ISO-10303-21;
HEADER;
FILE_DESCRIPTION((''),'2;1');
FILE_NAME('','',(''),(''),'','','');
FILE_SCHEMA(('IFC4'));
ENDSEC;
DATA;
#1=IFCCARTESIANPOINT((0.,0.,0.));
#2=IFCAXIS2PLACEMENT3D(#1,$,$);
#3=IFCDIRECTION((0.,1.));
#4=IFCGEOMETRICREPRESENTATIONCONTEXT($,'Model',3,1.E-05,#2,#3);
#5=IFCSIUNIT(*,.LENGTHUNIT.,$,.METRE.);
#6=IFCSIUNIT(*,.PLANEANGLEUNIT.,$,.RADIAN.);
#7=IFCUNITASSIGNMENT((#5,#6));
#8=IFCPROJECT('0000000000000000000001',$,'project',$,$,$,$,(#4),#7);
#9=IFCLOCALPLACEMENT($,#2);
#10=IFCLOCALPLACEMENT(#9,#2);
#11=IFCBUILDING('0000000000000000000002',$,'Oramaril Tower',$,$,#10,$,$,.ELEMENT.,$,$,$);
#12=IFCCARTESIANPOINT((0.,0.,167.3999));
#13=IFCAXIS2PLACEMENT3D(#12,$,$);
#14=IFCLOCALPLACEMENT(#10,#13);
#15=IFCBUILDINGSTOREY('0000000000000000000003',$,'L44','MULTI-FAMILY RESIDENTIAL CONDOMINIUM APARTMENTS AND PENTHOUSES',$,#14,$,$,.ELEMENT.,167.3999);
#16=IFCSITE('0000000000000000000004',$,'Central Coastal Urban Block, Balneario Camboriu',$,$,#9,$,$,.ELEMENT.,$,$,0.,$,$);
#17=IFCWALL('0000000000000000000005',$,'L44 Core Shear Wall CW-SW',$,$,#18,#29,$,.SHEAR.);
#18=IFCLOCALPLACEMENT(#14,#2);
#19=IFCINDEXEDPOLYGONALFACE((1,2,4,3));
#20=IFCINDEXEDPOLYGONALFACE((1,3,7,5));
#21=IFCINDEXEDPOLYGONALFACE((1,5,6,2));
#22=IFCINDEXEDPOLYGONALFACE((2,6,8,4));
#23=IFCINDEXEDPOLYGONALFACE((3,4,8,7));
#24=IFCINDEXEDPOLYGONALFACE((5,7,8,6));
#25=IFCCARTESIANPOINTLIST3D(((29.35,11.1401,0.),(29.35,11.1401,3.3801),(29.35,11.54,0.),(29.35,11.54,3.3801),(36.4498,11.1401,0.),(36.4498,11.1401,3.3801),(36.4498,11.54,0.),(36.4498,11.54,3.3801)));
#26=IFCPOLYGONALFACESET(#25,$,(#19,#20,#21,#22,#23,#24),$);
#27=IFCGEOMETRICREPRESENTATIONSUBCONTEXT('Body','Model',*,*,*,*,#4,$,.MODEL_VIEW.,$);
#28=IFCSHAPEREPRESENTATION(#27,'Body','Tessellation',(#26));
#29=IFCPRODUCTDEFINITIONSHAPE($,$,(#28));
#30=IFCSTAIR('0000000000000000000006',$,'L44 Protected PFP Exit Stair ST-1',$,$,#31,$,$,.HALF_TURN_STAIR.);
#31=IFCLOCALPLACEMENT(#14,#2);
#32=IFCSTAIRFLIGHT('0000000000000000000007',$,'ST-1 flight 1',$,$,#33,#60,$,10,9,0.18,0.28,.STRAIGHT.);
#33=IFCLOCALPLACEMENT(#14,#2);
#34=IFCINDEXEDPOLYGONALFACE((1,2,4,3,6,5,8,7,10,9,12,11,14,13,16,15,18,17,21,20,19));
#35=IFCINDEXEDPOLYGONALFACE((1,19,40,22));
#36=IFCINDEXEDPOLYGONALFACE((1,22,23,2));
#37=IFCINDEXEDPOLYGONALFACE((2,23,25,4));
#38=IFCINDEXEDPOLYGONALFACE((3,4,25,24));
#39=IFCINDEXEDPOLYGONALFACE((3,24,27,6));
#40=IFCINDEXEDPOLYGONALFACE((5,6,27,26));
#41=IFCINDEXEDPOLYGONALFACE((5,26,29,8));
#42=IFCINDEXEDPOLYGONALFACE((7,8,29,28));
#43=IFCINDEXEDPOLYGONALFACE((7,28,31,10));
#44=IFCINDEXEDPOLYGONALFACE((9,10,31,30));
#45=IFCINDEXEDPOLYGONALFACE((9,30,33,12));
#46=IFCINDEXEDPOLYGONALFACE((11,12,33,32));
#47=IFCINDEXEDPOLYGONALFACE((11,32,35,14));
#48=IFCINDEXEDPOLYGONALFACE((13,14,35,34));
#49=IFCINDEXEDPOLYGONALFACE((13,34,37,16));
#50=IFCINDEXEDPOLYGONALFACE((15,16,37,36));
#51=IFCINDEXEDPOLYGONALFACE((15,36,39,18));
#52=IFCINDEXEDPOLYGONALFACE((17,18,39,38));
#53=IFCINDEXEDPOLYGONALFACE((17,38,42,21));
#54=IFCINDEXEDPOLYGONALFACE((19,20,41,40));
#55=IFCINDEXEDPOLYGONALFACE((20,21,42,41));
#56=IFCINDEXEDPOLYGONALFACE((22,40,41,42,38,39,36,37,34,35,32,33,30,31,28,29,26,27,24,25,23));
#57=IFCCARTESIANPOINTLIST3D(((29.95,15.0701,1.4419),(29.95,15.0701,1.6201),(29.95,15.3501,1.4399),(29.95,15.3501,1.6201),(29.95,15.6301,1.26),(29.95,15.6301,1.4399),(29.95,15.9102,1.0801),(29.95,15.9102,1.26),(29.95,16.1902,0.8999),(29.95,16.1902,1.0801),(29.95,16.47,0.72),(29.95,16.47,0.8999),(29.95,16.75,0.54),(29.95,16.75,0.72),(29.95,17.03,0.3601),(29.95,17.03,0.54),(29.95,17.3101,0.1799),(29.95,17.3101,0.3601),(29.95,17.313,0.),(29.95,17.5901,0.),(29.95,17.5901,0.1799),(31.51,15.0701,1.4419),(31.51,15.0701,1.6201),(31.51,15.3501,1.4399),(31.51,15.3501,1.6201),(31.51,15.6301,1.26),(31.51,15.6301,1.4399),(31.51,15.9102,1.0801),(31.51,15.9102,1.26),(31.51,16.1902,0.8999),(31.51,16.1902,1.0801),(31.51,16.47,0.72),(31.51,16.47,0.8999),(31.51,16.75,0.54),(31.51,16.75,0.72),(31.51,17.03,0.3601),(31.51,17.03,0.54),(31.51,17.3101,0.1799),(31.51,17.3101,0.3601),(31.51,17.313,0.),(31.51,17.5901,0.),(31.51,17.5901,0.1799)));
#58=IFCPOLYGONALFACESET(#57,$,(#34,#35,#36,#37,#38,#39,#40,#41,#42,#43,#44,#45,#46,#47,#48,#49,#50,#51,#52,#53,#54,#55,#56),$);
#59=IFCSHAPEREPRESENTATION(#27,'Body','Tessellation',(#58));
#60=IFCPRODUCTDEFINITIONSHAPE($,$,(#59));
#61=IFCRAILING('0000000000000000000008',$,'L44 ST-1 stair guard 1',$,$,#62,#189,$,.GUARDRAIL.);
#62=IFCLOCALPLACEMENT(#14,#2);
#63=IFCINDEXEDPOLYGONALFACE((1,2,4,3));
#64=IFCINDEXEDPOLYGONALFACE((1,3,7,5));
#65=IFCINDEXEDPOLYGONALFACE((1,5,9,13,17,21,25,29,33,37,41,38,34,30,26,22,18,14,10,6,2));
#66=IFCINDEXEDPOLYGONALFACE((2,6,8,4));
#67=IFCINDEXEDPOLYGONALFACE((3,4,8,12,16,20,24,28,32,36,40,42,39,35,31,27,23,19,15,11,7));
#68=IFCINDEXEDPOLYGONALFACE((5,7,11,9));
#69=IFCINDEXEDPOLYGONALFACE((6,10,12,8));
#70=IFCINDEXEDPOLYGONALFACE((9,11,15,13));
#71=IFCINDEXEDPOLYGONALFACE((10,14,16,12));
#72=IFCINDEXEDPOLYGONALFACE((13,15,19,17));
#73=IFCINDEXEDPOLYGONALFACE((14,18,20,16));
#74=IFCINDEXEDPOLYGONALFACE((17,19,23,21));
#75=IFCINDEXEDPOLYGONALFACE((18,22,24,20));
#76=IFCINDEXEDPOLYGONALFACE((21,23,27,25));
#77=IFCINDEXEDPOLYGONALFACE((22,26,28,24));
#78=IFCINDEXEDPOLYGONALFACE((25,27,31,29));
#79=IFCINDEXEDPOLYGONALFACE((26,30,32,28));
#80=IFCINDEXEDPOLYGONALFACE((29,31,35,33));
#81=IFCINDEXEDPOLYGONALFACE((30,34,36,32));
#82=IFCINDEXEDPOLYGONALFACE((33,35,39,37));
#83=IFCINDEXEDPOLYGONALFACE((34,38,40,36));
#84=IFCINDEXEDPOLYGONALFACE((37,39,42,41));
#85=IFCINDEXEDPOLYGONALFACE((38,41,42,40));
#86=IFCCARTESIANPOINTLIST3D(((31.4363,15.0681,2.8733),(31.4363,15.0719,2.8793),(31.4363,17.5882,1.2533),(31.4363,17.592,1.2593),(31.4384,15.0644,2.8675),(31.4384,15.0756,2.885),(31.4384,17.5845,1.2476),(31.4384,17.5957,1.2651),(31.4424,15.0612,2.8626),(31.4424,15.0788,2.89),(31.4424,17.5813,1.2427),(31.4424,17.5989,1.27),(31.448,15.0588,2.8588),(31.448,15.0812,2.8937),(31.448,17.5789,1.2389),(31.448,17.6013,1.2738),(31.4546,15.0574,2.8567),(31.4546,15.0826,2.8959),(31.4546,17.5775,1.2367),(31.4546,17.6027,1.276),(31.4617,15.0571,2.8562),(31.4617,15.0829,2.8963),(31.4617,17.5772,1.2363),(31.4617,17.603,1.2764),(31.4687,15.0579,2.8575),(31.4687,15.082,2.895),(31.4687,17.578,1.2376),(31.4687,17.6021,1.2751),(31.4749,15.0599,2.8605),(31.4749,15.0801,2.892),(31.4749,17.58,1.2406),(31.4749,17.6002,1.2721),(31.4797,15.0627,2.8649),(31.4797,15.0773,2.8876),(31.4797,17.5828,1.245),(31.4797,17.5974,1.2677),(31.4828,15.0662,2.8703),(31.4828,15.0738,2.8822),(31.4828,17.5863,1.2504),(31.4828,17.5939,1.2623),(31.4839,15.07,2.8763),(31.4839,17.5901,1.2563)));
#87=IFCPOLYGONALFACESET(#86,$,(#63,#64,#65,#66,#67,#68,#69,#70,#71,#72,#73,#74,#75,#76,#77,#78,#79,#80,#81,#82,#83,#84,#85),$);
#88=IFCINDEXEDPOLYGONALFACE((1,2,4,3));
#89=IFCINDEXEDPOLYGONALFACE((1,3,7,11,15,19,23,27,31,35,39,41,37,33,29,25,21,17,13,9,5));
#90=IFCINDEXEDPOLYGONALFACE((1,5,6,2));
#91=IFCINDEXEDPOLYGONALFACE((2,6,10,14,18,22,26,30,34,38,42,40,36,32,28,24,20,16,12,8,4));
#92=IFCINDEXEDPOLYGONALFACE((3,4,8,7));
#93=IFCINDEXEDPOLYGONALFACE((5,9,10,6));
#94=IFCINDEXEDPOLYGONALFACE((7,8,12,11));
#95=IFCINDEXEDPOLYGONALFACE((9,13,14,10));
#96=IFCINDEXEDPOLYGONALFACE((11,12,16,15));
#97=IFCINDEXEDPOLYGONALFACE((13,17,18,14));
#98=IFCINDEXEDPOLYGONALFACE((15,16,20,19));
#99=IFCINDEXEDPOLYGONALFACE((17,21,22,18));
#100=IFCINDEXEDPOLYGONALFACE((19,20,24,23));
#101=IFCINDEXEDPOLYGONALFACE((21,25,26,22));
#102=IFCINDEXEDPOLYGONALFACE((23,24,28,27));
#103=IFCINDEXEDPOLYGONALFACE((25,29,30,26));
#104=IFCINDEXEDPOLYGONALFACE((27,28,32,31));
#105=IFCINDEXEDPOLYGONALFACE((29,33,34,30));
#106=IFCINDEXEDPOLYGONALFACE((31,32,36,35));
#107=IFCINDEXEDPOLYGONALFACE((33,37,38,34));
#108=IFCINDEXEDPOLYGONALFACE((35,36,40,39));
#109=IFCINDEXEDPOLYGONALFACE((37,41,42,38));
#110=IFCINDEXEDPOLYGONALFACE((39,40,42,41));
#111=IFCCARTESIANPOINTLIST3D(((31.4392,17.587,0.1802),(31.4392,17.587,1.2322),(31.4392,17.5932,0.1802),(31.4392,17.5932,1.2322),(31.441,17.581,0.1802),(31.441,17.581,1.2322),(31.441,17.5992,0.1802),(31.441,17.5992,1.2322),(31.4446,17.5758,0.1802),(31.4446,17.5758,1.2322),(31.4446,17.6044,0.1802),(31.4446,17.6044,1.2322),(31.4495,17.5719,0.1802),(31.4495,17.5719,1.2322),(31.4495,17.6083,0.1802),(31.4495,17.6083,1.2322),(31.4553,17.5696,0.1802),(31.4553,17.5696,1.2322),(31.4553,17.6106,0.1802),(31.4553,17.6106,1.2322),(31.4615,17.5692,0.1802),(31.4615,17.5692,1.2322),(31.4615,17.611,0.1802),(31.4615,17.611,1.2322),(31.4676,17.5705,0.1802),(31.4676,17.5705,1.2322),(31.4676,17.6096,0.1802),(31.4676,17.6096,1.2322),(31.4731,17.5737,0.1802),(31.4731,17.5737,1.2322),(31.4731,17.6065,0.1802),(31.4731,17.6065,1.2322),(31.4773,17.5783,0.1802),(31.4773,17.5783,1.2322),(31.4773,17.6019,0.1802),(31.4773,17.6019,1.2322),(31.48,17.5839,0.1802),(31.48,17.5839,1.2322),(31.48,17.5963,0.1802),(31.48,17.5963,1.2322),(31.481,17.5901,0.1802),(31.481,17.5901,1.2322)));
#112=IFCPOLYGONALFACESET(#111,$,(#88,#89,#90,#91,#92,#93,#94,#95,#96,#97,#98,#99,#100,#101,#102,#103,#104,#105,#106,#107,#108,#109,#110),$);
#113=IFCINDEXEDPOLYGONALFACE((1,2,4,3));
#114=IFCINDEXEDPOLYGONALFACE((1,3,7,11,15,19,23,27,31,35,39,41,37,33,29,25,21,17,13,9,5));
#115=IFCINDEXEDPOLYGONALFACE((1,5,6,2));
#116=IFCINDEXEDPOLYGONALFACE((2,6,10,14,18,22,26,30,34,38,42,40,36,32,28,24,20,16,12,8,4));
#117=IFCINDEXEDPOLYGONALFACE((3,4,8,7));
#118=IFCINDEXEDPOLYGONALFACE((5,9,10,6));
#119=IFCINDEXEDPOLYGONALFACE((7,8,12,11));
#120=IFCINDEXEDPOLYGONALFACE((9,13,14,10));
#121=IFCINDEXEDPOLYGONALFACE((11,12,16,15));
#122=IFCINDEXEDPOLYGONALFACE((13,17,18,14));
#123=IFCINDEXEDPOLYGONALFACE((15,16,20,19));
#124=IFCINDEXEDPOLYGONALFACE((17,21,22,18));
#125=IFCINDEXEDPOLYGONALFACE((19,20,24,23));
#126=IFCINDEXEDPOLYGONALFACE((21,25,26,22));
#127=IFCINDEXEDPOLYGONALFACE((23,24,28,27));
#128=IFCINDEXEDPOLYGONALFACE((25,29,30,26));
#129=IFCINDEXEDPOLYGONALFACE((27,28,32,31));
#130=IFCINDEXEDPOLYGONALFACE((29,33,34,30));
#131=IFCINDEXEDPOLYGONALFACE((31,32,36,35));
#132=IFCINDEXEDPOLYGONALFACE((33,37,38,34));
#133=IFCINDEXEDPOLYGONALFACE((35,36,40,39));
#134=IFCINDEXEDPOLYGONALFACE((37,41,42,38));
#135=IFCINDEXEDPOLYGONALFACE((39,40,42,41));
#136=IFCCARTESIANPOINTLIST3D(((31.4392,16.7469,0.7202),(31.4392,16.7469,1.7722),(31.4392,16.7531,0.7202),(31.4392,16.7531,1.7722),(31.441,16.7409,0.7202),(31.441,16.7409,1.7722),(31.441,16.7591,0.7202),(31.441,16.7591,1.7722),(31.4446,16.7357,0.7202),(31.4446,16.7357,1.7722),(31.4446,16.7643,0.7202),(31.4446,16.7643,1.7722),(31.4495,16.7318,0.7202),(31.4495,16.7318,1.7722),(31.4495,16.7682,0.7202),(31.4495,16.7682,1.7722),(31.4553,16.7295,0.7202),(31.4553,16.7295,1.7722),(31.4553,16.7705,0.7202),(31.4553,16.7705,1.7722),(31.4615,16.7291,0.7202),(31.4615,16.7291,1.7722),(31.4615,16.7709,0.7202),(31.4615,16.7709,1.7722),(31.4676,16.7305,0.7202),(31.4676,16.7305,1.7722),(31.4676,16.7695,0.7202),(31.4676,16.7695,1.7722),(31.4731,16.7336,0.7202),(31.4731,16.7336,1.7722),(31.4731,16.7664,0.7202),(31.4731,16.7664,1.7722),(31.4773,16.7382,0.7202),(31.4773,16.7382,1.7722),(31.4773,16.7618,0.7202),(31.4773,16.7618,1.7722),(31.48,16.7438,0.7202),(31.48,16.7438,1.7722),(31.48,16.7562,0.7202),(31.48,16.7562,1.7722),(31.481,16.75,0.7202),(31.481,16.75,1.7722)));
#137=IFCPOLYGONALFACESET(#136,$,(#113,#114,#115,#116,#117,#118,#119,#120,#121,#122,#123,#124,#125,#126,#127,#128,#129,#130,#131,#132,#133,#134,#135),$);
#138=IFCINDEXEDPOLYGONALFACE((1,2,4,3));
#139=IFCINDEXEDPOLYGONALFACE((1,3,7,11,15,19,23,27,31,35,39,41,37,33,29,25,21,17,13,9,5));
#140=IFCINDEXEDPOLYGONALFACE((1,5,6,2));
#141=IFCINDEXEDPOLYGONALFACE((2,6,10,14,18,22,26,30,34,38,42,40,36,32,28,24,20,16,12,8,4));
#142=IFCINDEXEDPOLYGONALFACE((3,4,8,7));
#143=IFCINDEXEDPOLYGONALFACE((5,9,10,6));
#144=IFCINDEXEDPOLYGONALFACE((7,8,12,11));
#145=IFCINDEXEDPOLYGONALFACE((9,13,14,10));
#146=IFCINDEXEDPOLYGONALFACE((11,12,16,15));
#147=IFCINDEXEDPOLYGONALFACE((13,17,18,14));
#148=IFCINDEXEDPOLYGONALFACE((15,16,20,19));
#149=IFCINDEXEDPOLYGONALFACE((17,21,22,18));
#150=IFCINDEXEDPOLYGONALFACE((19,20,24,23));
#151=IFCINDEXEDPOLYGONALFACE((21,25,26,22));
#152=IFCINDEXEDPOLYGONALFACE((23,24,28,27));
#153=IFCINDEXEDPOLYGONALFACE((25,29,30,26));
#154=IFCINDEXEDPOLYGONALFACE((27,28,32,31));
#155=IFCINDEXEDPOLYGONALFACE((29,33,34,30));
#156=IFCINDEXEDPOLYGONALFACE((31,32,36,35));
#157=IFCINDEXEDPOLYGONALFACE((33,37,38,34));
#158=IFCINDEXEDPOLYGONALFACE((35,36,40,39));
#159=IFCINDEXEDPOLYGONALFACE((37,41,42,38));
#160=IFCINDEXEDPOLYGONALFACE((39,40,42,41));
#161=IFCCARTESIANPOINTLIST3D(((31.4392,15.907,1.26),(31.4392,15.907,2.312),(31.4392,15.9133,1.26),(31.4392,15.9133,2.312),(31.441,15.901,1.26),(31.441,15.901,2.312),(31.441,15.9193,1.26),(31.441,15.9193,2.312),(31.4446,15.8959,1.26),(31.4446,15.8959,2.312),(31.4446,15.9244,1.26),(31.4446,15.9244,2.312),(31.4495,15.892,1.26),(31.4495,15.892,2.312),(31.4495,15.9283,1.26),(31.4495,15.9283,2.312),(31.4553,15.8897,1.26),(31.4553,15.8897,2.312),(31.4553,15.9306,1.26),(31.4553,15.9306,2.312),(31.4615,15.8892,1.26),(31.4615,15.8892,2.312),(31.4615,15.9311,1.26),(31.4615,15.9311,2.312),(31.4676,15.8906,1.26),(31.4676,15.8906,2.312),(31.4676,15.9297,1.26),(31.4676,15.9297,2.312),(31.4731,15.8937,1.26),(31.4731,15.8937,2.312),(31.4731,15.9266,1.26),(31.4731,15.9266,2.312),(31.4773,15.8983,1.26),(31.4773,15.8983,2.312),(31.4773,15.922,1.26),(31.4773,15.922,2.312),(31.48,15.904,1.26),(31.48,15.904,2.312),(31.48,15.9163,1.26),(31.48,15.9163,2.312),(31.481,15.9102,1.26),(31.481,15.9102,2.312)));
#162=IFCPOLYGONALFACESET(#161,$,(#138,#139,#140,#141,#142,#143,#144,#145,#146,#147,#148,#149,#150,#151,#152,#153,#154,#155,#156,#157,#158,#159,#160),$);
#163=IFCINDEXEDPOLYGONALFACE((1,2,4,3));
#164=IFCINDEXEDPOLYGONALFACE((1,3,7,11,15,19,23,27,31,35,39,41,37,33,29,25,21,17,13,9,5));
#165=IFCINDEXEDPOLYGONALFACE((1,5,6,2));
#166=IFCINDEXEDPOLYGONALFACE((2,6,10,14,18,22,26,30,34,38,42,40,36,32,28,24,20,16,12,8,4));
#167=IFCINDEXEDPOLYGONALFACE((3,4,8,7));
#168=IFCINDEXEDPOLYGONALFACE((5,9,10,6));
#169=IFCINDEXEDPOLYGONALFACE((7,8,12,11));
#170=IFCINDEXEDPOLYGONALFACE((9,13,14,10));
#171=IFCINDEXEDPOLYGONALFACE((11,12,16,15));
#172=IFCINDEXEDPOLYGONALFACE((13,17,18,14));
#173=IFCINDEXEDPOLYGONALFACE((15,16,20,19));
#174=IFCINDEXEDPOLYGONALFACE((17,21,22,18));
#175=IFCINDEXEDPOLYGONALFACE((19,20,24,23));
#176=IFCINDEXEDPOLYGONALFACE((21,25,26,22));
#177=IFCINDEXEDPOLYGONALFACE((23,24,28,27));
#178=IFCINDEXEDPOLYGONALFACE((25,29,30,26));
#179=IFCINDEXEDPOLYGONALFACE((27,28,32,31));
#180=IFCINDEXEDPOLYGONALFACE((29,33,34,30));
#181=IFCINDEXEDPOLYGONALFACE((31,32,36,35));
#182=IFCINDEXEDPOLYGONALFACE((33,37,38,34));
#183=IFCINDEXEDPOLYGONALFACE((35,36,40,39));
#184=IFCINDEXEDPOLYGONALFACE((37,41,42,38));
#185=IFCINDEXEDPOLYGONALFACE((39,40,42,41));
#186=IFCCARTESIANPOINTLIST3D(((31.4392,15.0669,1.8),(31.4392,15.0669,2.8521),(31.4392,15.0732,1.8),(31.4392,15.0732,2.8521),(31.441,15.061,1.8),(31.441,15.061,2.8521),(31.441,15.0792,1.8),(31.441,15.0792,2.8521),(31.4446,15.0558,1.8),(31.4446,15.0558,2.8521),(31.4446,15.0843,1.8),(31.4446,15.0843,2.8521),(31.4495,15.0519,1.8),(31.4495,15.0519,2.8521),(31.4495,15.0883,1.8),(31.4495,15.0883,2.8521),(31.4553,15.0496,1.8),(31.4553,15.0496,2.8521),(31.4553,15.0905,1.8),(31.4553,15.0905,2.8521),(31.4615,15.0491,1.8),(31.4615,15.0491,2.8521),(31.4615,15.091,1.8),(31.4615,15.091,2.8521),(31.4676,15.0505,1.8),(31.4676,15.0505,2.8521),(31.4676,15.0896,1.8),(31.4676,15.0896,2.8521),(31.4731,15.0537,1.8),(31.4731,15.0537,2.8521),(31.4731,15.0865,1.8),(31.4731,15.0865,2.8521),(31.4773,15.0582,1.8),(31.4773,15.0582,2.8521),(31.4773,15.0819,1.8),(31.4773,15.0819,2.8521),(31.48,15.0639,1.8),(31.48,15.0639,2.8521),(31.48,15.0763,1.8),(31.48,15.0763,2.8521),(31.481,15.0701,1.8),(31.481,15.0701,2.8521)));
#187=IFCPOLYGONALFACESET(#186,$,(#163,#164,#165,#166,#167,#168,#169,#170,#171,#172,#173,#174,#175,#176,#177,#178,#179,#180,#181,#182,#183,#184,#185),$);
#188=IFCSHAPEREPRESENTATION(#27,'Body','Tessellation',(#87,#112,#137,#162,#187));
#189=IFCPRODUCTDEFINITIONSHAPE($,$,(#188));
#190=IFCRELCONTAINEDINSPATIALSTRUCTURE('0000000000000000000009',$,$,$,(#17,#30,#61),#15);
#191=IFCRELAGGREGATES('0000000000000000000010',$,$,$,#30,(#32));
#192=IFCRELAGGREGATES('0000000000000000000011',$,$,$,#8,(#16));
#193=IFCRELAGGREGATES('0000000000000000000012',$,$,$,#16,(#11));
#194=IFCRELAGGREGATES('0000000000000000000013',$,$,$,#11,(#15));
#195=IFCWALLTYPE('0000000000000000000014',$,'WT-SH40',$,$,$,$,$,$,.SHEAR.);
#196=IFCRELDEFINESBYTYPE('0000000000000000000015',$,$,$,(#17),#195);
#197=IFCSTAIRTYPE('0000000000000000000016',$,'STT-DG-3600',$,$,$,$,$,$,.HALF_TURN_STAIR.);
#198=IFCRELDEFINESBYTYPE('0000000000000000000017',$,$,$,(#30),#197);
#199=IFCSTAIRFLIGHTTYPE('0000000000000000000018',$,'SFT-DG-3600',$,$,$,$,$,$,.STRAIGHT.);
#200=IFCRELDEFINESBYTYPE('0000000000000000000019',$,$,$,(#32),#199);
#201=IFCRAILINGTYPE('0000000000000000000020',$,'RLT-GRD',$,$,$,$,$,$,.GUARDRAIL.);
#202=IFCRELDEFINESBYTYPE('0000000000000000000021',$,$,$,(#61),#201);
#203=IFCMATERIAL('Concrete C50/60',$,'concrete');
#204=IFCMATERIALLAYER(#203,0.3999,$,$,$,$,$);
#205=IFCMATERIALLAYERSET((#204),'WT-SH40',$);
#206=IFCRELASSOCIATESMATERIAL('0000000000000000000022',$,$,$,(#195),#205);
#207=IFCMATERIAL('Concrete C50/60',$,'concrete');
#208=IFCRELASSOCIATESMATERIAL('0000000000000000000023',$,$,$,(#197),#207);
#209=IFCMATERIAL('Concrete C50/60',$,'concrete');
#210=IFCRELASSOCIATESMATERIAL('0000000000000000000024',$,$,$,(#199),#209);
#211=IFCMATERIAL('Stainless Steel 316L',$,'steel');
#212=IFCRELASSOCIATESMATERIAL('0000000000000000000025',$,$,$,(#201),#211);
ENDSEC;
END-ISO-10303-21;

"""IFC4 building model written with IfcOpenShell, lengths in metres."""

from ifc_helpers import new_model, si_unit, direction, frame, frame_2d, origin, origin_2d, place, context, subcontext, project, spatial, polyline, rectangle, circle, outline, extrude, material, layer, layer_set, type_object, element, aggregate, save


model = new_model("IFC4")

# Units and contexts
model_context = context("Model", 3, precision=1e-05, world=origin(), true_north=direction((0.0, 1.0)))
body_context = subcontext(model_context, "Body", "Model", "MODEL_VIEW")
ifc_project = project(units=[si_unit("LENGTHUNIT", "METRE"), si_unit("PLANEANGLEUNIT", "RADIAN")], contexts=[model_context])

# Site, building, storey
site_placement = place(None, origin())
site = spatial("IfcSite", under=ifc_project, at=site_placement, Name="Central Coastal Urban Block, Balneario Camboriu", CompositionType="ELEMENT", RefElevation=0.0)
building_placement = place(site_placement, origin())
building = spatial("IfcBuilding", under=site, at=building_placement, Name="Oramaril Tower", CompositionType="ELEMENT")
storey_placement = place(building_placement, frame((0.0, 0.0, 167.3999)))
storey = spatial("IfcBuildingStorey", under=building, at=storey_placement, Name="L44", Description="MULTI-FAMILY RESIDENTIAL CONDOMINIUM APARTMENTS AND PENTHOUSES", CompositionType="ELEMENT", Elevation=167.3999)

# Wall
ifc_material_1 = material(Name="Concrete C50/60", Category="concrete")
ifc_layer_1 = layer(ifc_material_1, 0.3999)
ifc_layer_set_1 = layer_set([ifc_layer_1], Name="WT-SH40")
wall_type_1 = type_object("IfcWallType", Name="WT-SH40", PredefinedType="SHEAR", material=ifc_layer_set_1)
wall_1_placement = place(storey_placement, frame((29.3501, 11.3401, 0.0), z_axis=(0.0, 0.0, 1.0), x_axis=(1.0, 0.0, 0.0)))
element("IfcWall", 1, at=wall_1_placement, inside=storey, type_object=wall_type_1, Name="L44 Core Shear Wall CW-SW", PredefinedType="SHEAR", context=body_context, shape_type="SweptSolid", body=[
    extrude(rectangle(XDim=7.0999, YDim=0.3999, at=frame_2d((3.5498, 0.0))), origin(), (0.0, 0.0, 1.0), 3.3801),
])

# Stair, stair flight
ifc_material_2 = material(Name="Concrete C50/60", Category="concrete")
stair_type = type_object("IfcStairType", Name="STT-DG-3600", PredefinedType="HALF_TURN_STAIR", material=ifc_material_2)
stair_placement = place(storey_placement, origin())
stair = element("IfcStair", 2, at=stair_placement, inside=storey, type_object=stair_type, Name="L44 Protected PFP Exit Stair ST-1", PredefinedType="HALF_TURN_STAIR")
ifc_material_3 = material(Name="Concrete C50/60", Category="concrete")
stair_flight_type = type_object("IfcStairFlightType", Name="SFT-DG-3600", PredefinedType="STRAIGHT", material=ifc_material_3)
stair_flight_placement = place(storey_placement, frame((30.73, 17.5901, 0.0), z_axis=(0.0, 0.0, 1.0), x_axis=(0.0, -1.0, 0.0)))
stair_flight = element("IfcStairFlight", 3, at=stair_flight_placement, type_object=stair_flight_type, Name="ST-1 flight 1", NumberOfRisers=10, NumberOfTreads=9, PredefinedType="STRAIGHT", RiserHeight=0.18, TreadLength=0.28, context=body_context, shape_type="SweptSolid", body=[
    extrude(outline(polyline([(0.0, 0.0), (0.0, 0.1799), (0.28, 0.1799), (0.28, 0.3601), (0.5601, 0.3601), (0.5601, 0.54), (0.8401, 0.54), (0.8401, 0.72), (1.1201, 0.72), (1.1201, 0.8999), (1.3999, 0.8999), (1.3999, 1.0801), (1.6799, 1.0801), (1.6799, 1.26), (1.96, 1.26), (1.96, 1.4399), (2.24, 1.4399), (2.24, 1.6201), (2.52, 1.6201), (2.52, 1.8), (2.52, 1.4419), (0.2771, 0.0), (0.0, 0.0)])), frame((0.0, 0.78, 0.0), z_axis=(0.0, -1.0, 0.0), x_axis=(1.0, 0.0, 0.0)), (0.0, 0.0, 1.0), 1.5601),
])
aggregate(stair, [stair_flight])

# Railing
ifc_material_4 = material(Name="Stainless Steel 316L", Category="steel")
railing_type_1 = type_object("IfcRailingType", Name="RLT-GRD", PredefinedType="GUARDRAIL", material=ifc_material_4)
railing_1_placement = place(storey_placement, frame((31.46, 17.5901, 0.1802)))
element("IfcRailing", 4, at=railing_1_placement, inside=storey, type_object=railing_type_1, Name="L44 ST-1 stair guard 1", PredefinedType="GUARDRAIL", context=body_context, shape_type="SweptSolid", body=[
    extrude(circle(Radius=0.0239, at=origin_2d()), frame((0.0, 0.0, 1.0762), z_axis=(0.0, -0.8412, 0.540725), x_axis=(1.0, 0.0, 0.0)), (0.0, 0.0, 1.0), 2.9958),
    extrude(circle(Radius=0.021, at=origin_2d()), origin(), (0.0, 0.0, 1.0), 1.052),
    extrude(circle(Radius=0.021, at=origin_2d()), frame((0.0, -0.8401, 0.54)), (0.0, 0.0, 1.0), 1.052),
    extrude(circle(Radius=0.021, at=origin_2d()), frame((0.0, -1.6799, 1.0798)), (0.0, 0.0, 1.0), 1.052),
    extrude(circle(Radius=0.021, at=origin_2d()), frame((0.0, -2.52, 1.6199)), (0.0, 0.0, 1.0), 1.052),
])

save(model, "model.ifc")
